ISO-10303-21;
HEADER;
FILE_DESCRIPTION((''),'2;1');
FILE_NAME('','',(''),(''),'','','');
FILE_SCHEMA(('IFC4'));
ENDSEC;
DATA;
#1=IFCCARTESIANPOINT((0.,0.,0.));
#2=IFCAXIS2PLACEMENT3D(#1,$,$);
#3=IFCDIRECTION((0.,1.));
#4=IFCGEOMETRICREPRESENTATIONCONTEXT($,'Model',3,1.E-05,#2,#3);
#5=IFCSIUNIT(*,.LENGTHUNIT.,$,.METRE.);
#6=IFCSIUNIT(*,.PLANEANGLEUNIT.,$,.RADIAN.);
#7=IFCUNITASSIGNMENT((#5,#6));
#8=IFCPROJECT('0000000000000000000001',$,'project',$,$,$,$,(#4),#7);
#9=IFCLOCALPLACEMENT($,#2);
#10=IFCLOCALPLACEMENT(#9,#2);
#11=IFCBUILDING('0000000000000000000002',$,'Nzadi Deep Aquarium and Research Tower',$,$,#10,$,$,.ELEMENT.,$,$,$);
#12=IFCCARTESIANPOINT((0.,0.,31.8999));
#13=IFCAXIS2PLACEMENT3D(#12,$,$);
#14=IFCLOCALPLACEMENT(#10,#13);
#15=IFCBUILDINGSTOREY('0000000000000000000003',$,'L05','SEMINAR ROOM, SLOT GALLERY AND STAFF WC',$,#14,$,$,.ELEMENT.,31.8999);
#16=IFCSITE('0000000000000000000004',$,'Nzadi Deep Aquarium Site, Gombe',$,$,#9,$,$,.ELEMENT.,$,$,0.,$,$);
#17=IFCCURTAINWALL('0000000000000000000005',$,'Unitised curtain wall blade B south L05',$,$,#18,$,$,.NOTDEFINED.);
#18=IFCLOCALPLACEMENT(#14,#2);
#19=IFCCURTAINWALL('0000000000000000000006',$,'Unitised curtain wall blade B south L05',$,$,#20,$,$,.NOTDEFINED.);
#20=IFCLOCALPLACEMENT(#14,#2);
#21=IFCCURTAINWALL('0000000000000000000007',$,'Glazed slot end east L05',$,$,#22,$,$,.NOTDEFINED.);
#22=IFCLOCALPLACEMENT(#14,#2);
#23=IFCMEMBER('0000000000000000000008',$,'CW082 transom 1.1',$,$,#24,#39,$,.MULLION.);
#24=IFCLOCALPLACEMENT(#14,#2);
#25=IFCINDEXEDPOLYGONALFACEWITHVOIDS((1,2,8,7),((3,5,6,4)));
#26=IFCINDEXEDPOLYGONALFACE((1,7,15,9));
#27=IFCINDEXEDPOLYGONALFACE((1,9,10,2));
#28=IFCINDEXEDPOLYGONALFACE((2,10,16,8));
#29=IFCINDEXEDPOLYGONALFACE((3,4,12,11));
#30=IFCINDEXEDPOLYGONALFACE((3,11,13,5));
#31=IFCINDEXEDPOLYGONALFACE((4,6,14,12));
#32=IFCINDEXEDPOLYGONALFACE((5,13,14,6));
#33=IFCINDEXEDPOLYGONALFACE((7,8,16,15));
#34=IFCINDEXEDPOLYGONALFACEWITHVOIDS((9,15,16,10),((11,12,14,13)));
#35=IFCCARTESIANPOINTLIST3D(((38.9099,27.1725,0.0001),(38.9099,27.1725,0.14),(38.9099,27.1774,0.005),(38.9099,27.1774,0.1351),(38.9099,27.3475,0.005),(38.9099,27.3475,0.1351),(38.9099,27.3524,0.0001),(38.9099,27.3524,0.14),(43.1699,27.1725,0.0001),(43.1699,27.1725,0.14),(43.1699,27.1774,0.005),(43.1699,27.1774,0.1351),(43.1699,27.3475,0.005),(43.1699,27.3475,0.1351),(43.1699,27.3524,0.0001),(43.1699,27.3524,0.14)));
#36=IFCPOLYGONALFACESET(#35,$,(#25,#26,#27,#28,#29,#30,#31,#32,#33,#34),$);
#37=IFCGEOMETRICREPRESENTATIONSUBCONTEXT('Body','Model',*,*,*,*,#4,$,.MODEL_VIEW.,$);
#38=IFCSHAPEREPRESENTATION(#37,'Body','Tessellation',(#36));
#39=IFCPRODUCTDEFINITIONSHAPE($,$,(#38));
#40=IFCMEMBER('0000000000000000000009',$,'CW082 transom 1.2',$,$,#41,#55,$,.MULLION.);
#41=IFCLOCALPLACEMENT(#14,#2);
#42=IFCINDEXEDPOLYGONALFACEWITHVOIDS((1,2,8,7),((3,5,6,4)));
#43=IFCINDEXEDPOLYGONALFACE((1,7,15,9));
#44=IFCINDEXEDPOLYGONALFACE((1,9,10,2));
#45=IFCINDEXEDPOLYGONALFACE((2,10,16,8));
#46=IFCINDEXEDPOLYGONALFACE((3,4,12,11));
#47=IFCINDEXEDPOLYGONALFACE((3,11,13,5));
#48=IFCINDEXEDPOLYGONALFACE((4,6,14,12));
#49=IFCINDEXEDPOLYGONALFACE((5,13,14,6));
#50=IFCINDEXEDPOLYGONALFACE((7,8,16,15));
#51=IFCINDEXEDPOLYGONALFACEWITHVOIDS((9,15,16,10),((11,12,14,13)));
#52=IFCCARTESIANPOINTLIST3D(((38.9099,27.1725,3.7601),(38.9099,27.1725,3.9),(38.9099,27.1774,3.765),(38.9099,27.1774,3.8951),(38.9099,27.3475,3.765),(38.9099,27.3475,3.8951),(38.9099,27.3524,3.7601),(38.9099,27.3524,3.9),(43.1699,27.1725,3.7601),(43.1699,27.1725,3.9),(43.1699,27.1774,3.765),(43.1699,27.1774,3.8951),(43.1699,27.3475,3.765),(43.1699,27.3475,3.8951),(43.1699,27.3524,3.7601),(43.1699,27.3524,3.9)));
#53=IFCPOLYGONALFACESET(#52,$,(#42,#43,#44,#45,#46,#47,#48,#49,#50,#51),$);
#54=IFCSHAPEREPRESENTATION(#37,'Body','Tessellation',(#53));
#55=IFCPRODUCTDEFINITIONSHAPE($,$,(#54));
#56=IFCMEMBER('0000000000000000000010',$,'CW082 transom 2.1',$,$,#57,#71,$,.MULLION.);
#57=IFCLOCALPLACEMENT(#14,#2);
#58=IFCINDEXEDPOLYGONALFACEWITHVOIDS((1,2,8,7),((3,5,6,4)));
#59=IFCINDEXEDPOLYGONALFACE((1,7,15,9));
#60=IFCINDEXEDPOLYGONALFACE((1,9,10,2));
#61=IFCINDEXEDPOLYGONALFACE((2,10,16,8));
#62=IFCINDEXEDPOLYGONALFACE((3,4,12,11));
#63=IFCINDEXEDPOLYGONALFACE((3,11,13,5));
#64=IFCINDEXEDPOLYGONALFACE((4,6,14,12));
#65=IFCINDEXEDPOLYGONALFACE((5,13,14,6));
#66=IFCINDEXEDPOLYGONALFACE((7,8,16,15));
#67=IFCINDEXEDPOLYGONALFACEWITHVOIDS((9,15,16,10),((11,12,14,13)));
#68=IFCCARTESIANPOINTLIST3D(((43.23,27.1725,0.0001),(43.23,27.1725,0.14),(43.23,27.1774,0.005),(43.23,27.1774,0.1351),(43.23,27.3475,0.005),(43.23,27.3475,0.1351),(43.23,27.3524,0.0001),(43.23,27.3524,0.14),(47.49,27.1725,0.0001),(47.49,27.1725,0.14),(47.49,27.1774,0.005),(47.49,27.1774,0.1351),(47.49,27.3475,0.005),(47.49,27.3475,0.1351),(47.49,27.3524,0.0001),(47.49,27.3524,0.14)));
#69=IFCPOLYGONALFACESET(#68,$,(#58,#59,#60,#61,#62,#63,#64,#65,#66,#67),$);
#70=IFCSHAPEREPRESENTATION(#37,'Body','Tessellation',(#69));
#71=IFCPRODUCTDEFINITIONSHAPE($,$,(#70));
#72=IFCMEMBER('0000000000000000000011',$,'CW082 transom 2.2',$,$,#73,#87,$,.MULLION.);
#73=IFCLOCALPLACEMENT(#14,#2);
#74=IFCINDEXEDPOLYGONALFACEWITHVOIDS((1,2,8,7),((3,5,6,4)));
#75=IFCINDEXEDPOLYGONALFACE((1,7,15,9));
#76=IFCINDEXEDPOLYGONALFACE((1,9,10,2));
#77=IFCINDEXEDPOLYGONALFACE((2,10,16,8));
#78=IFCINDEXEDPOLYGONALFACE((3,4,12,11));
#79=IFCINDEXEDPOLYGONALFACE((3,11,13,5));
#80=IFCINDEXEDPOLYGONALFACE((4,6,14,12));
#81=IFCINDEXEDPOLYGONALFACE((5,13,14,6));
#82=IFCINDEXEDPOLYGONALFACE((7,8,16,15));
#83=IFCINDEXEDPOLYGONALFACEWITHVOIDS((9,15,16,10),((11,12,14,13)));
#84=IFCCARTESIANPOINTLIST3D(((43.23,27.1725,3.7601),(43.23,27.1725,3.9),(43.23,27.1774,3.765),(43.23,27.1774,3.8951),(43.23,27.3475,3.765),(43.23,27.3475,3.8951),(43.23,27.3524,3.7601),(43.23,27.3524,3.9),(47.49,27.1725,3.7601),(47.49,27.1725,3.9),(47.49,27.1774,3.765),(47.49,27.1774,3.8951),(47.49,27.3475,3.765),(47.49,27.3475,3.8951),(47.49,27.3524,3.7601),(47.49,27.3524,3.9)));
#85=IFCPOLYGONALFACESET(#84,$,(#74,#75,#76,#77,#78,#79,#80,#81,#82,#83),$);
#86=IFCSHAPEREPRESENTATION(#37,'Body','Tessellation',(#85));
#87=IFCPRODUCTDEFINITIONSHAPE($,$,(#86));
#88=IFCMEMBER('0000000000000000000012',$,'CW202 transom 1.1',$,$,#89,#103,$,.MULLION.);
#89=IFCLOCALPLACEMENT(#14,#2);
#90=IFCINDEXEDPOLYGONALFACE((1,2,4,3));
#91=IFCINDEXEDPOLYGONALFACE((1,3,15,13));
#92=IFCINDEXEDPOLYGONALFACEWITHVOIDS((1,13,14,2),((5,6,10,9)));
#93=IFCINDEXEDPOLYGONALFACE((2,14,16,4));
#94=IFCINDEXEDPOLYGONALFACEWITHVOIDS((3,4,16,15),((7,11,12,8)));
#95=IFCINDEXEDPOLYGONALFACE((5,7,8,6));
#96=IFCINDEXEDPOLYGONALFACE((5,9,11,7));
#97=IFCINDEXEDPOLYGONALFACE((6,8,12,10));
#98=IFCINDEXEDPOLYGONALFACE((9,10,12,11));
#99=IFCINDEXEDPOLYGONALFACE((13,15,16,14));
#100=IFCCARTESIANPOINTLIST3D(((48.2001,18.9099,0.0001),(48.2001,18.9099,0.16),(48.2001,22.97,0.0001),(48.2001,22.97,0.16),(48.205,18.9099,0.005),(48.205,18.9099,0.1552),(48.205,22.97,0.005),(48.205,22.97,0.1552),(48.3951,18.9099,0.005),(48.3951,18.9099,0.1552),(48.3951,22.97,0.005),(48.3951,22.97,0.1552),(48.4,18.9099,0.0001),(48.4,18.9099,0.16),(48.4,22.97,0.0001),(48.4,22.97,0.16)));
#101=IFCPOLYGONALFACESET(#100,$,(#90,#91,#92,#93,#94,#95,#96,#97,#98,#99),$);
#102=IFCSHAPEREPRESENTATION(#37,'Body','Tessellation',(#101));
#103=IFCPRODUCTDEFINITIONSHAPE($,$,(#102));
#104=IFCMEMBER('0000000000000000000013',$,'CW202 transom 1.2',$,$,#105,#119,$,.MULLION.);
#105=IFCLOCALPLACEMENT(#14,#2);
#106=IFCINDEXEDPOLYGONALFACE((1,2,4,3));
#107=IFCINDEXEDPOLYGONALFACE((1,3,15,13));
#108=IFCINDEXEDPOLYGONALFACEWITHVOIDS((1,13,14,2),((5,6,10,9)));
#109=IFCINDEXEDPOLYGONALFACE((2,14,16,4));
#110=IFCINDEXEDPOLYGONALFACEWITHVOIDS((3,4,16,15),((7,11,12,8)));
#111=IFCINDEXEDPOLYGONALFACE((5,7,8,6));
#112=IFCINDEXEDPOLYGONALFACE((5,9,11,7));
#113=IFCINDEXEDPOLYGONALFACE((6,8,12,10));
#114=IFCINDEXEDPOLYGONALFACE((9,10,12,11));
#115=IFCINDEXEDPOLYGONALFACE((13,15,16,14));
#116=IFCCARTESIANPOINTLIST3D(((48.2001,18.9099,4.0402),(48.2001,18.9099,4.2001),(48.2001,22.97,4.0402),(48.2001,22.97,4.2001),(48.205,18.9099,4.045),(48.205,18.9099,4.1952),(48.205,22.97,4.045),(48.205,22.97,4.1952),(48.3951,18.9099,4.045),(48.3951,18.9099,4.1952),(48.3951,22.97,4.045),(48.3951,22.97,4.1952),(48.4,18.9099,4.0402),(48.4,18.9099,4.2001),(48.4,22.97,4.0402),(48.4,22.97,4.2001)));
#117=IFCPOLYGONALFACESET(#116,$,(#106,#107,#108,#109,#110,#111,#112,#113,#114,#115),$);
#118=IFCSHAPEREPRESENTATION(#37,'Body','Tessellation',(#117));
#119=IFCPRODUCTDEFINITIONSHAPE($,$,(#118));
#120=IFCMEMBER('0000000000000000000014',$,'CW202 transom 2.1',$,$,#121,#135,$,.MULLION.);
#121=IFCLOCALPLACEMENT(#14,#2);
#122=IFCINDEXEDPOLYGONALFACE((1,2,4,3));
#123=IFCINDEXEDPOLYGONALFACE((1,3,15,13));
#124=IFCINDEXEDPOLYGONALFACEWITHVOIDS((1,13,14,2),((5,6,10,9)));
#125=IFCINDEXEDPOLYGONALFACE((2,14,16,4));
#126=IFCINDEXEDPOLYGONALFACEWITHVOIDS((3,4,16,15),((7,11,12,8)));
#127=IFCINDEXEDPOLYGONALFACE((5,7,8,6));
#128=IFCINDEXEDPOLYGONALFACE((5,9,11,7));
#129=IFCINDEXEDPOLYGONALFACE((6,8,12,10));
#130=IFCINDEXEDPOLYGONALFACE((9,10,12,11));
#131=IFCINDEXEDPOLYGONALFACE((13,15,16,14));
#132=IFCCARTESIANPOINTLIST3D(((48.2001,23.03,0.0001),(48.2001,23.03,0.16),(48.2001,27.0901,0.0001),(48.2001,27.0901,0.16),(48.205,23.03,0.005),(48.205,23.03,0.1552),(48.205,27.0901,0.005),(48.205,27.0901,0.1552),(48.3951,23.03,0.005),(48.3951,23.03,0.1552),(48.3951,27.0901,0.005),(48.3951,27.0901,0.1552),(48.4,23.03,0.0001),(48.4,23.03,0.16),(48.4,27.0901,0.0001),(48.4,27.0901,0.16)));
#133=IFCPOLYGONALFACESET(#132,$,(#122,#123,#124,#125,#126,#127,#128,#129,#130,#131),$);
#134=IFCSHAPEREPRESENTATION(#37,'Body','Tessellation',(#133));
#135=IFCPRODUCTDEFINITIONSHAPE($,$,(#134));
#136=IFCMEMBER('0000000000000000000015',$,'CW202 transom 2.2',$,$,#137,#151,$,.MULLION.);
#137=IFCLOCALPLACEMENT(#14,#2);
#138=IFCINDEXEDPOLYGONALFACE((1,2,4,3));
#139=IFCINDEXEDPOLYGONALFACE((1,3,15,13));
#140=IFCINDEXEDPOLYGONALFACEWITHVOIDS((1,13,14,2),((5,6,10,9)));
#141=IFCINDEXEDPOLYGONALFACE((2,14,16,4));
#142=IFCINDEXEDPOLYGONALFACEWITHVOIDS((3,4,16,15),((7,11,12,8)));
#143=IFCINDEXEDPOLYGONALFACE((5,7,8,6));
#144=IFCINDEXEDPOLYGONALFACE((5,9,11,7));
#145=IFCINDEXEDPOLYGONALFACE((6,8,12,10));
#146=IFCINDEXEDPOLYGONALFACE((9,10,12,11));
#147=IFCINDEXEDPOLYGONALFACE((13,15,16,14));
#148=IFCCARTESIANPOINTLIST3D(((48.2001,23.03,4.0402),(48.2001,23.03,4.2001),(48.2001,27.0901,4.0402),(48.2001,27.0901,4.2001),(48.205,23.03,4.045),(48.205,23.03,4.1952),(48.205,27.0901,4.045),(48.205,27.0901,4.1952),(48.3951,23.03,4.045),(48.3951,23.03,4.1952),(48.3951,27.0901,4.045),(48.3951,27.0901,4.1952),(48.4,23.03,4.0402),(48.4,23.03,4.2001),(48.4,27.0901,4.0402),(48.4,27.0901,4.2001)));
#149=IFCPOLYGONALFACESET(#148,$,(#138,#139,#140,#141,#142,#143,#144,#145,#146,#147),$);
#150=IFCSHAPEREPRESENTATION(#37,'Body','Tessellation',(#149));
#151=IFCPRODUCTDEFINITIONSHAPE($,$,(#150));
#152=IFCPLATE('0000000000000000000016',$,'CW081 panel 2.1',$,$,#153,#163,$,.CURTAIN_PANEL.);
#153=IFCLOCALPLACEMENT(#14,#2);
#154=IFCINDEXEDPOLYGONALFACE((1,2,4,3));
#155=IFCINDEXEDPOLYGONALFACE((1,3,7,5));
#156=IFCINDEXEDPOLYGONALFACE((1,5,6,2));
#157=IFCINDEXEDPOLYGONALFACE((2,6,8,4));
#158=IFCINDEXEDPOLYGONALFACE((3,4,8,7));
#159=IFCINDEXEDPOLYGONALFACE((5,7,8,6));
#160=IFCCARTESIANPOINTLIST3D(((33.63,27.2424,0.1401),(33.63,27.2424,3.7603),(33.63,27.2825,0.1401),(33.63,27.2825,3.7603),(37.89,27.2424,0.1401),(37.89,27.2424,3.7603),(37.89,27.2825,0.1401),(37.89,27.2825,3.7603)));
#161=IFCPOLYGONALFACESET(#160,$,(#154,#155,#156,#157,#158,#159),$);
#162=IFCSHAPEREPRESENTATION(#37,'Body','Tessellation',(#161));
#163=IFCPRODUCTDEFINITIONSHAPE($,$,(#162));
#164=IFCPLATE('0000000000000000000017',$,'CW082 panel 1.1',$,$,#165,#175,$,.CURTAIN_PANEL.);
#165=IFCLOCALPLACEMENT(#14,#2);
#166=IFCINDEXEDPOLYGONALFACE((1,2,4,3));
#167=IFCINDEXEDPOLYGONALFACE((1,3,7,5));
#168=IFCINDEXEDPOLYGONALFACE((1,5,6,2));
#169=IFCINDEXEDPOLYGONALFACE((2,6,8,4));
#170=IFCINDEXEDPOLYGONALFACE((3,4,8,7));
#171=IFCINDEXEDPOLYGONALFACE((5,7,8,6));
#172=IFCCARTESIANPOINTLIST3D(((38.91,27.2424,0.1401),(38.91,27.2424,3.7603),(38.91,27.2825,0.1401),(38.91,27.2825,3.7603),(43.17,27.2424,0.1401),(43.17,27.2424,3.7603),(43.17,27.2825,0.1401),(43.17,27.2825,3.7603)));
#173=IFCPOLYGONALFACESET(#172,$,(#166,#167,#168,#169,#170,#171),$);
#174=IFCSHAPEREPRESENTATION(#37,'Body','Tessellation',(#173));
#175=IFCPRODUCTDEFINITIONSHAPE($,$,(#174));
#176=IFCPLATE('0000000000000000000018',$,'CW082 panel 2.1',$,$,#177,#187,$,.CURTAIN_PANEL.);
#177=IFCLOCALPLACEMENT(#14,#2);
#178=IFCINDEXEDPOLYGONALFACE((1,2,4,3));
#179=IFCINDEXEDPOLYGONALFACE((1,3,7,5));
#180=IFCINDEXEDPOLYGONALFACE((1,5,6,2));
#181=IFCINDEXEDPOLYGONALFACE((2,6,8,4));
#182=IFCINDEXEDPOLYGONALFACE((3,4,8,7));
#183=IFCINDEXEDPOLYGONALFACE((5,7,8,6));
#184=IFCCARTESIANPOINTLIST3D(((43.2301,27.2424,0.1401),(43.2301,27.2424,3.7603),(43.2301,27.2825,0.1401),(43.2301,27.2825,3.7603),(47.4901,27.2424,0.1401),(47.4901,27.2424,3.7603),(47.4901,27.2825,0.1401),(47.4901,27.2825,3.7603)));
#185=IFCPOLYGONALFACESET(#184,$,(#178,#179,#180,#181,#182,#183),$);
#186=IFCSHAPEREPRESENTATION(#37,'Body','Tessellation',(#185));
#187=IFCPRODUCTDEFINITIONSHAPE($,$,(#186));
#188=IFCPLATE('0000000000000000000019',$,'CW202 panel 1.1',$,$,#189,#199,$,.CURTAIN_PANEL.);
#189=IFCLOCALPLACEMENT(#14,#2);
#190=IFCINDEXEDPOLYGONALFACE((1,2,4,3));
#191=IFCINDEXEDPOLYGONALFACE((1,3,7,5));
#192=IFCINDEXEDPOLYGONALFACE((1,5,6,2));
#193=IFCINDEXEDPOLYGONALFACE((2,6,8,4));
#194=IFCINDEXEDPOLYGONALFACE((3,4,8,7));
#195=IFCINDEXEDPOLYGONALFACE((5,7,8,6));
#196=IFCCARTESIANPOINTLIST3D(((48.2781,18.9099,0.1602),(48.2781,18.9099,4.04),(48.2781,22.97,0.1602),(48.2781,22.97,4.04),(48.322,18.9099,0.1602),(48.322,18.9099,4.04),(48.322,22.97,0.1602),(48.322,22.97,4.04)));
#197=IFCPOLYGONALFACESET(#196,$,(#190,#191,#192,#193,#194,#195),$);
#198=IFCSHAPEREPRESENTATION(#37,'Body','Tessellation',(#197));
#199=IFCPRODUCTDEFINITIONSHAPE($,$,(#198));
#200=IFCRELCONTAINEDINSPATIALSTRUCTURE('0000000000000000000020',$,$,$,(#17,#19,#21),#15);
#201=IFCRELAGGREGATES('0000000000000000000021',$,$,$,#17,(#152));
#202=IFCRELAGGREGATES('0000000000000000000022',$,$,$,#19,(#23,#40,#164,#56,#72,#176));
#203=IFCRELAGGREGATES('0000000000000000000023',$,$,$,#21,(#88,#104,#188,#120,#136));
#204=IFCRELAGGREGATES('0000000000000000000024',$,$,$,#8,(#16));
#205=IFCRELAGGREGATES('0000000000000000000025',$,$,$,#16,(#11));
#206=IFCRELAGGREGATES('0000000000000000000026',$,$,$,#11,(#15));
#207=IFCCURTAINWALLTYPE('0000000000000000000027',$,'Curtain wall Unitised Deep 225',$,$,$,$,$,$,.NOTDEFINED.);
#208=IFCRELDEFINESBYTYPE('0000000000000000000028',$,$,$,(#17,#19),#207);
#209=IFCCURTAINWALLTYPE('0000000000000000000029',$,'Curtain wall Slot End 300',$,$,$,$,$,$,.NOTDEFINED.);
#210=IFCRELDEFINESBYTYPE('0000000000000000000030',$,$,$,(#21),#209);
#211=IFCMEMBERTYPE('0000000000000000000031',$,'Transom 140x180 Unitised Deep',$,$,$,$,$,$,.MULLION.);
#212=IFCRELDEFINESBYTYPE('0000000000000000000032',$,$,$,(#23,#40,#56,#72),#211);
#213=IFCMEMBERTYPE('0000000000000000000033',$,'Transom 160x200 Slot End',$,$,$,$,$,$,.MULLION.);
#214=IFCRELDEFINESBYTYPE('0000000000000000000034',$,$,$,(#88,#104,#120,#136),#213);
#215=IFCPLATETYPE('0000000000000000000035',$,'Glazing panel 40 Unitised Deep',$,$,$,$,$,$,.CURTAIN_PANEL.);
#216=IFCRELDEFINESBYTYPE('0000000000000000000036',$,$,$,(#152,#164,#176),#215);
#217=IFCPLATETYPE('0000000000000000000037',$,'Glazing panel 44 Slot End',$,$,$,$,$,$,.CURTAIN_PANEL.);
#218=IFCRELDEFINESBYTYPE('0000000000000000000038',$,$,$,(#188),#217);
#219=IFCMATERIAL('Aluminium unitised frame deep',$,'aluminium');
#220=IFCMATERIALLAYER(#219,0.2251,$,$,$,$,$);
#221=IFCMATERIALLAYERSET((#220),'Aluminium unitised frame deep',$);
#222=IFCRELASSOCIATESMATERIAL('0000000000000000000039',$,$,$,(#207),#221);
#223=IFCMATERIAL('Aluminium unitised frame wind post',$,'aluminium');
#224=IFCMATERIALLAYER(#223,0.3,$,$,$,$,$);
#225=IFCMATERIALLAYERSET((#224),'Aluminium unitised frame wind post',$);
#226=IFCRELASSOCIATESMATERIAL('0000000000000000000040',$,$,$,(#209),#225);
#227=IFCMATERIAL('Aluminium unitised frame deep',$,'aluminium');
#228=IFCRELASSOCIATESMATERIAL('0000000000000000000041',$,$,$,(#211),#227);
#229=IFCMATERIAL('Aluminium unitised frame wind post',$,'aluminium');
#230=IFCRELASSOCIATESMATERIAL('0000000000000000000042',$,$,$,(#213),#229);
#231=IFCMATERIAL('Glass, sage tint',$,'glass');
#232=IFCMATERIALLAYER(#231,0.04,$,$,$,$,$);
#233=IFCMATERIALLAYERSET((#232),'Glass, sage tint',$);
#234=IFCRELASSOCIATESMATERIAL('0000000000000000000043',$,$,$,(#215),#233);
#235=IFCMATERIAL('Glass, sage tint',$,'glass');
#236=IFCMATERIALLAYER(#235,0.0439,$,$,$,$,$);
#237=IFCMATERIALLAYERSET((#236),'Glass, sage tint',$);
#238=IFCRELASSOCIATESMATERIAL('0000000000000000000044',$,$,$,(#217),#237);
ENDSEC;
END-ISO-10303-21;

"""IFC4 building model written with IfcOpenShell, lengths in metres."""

from ifc_helpers import new_model, si_unit, direction, frame, origin, origin_2d, place, context, subcontext, project, spatial, rectangle, hollow_rectangle, extrude, material, layer, layer_set, material_profile, profile_set, type_object, element, aggregate, save


model = new_model("IFC4")

# Units and contexts
model_context = context("Model", 3, precision=1e-05, world=origin(), true_north=direction((0.0, 1.0)))
body_context = subcontext(model_context, "Body", "Model", "MODEL_VIEW")
ifc_project = project(units=[si_unit("LENGTHUNIT", "METRE"), si_unit("PLANEANGLEUNIT", "RADIAN")], contexts=[model_context])

# Site, building, storey
site_placement = place(None, origin())
site = spatial("IfcSite", under=ifc_project, at=site_placement, Name="Nzadi Deep Aquarium Site, Gombe", CompositionType="ELEMENT", RefElevation=0.0)
building_placement = place(site_placement, origin())
building = spatial("IfcBuilding", under=site, at=building_placement, Name="Nzadi Deep Aquarium and Research Tower", CompositionType="ELEMENT")
storey_placement = place(building_placement, frame((0.0, 0.0, 31.8999)))
storey = spatial("IfcBuildingStorey", under=building, at=storey_placement, Name="L05", Description="SEMINAR ROOM, SLOT GALLERY AND STAFF WC", CompositionType="ELEMENT", Elevation=31.8999)

# Curtain wall
ifc_material_1 = material(Name="Aluminium unitised frame deep", Category="aluminium")
ifc_layer_1 = layer(ifc_material_1, 0.2251)
ifc_layer_set_1 = layer_set([ifc_layer_1], Name="Aluminium unitised frame deep")
curtain_wall_type_1 = type_object("IfcCurtainWallType", Name="Curtain wall Unitised Deep 225", PredefinedType="NOTDEFINED", material=ifc_layer_set_1)
curtain_wall_1_placement = place(storey_placement, origin())
curtain_wall_1 = element("IfcCurtainWall", 1, at=curtain_wall_1_placement, inside=storey, type_object=curtain_wall_type_1, Name="Unitised curtain wall blade B south L05", PredefinedType="NOTDEFINED")

# Curtain walls
curtain_wall_2_placement = place(storey_placement, origin())
curtain_wall_2 = element("IfcCurtainWall", 2, at=curtain_wall_2_placement, inside=storey, type_object=curtain_wall_type_1, Name="Unitised curtain wall blade B south L05", PredefinedType="NOTDEFINED")
ifc_material_2 = material(Name="Aluminium unitised frame wind post", Category="aluminium")
ifc_layer_2 = layer(ifc_material_2, 0.3)
ifc_layer_set_2 = layer_set([ifc_layer_2], Name="Aluminium unitised frame wind post")
curtain_wall_type_2 = type_object("IfcCurtainWallType", Name="Curtain wall Slot End 300", PredefinedType="NOTDEFINED", material=ifc_layer_set_2)
curtain_wall_3_placement = place(storey_placement, origin())
curtain_wall_3 = element("IfcCurtainWall", 3, at=curtain_wall_3_placement, inside=storey, type_object=curtain_wall_type_2, Name="Glazed slot end east L05", PredefinedType="NOTDEFINED")

# Members
ifc_material_3 = material(Name="Aluminium unitised frame deep", Category="aluminium")
ifc_material_profile_1 = material_profile(ifc_material_3, hollow_rectangle(XDim=0.1799, YDim=0.1399, WallThickness=0.0049, at=origin_2d()))
ifc_profile_set_1 = profile_set([ifc_material_profile_1], Name="Aluminium unitised frame deep")
member_type_1 = type_object("IfcMemberType", Name="Transom 140x180 Unitised Deep", PredefinedType="MULLION", material=ifc_profile_set_1)
member_1_placement = place(storey_placement, frame((38.9099, 27.2625, 0.0701), z_axis=(1.0, 0.0, 0.0), x_axis=(0.0, 1.0, 0.0)))
member_1 = element("IfcMember", 4, at=member_1_placement, type_object=member_type_1, Name="CW082 transom 1.1", PredefinedType="MULLION", context=body_context, shape_type="SweptSolid", body=[
    extrude(hollow_rectangle(XDim=0.1799, YDim=0.1399, WallThickness=0.0049, at=origin_2d()), origin(), (0.0, 0.0, 1.0), 4.26),
])
member_2_placement = place(storey_placement, frame((38.9099, 27.2625, 3.8301), z_axis=(1.0, 0.0, 0.0), x_axis=(0.0, 1.0, 0.0)))
member_2 = element("IfcMember", 5, at=member_2_placement, type_object=member_type_1, Name="CW082 transom 1.2", PredefinedType="MULLION", context=body_context, shape_type="SweptSolid", body=[
    extrude(hollow_rectangle(XDim=0.1799, YDim=0.1399, WallThickness=0.0049, at=origin_2d()), origin(), (0.0, 0.0, 1.0), 4.26),
])
member_3_placement = place(storey_placement, frame((43.23, 27.2625, 0.0701), z_axis=(1.0, 0.0, 0.0), x_axis=(0.0, 1.0, 0.0)))
member_3 = element("IfcMember", 6, at=member_3_placement, type_object=member_type_1, Name="CW082 transom 2.1", PredefinedType="MULLION", context=body_context, shape_type="SweptSolid", body=[
    extrude(hollow_rectangle(XDim=0.1799, YDim=0.1399, WallThickness=0.0049, at=origin_2d()), origin(), (0.0, 0.0, 1.0), 4.26),
])
member_4_placement = place(storey_placement, frame((43.23, 27.2625, 3.8301), z_axis=(1.0, 0.0, 0.0), x_axis=(0.0, 1.0, 0.0)))
member_4 = element("IfcMember", 7, at=member_4_placement, type_object=member_type_1, Name="CW082 transom 2.2", PredefinedType="MULLION", context=body_context, shape_type="SweptSolid", body=[
    extrude(hollow_rectangle(XDim=0.1799, YDim=0.1399, WallThickness=0.0049, at=origin_2d()), origin(), (0.0, 0.0, 1.0), 4.26),
])
ifc_material_4 = material(Name="Aluminium unitised frame wind post", Category="aluminium")
ifc_material_profile_2 = material_profile(ifc_material_4, hollow_rectangle(XDim=0.2, YDim=0.1599, WallThickness=0.0049, at=origin_2d()))
ifc_profile_set_2 = profile_set([ifc_material_profile_2], Name="Aluminium unitised frame wind post")
member_type_2 = type_object("IfcMemberType", Name="Transom 160x200 Slot End", PredefinedType="MULLION", material=ifc_profile_set_2)
member_5_placement = place(storey_placement, frame((48.3, 18.9099, 0.0801), z_axis=(0.0, 1.0, 0.0), x_axis=(-1.0, 0.0, 0.0)))
member_5 = element("IfcMember", 8, at=member_5_placement, type_object=member_type_2, Name="CW202 transom 1.1", PredefinedType="MULLION", context=body_context, shape_type="SweptSolid", body=[
    extrude(hollow_rectangle(XDim=0.2, YDim=0.1599, WallThickness=0.0049, at=origin_2d()), origin(), (0.0, 0.0, 1.0), 4.0601),
])
member_6_placement = place(storey_placement, frame((48.3, 18.9099, 4.1201), z_axis=(0.0, 1.0, 0.0), x_axis=(-1.0, 0.0, 0.0)))
member_6 = element("IfcMember", 9, at=member_6_placement, type_object=member_type_2, Name="CW202 transom 1.2", PredefinedType="MULLION", context=body_context, shape_type="SweptSolid", body=[
    extrude(hollow_rectangle(XDim=0.2, YDim=0.1599, WallThickness=0.0049, at=origin_2d()), origin(), (0.0, 0.0, 1.0), 4.0601),
])
member_7_placement = place(storey_placement, frame((48.3, 23.03, 0.0801), z_axis=(0.0, 1.0, 0.0), x_axis=(-1.0, 0.0, 0.0)))
member_7 = element("IfcMember", 10, at=member_7_placement, type_object=member_type_2, Name="CW202 transom 2.1", PredefinedType="MULLION", context=body_context, shape_type="SweptSolid", body=[
    extrude(hollow_rectangle(XDim=0.2, YDim=0.1599, WallThickness=0.0049, at=origin_2d()), origin(), (0.0, 0.0, 1.0), 4.0601),
])
member_8_placement = place(storey_placement, frame((48.3, 23.03, 4.1201), z_axis=(0.0, 1.0, 0.0), x_axis=(-1.0, 0.0, 0.0)))
member_8 = element("IfcMember", 11, at=member_8_placement, type_object=member_type_2, Name="CW202 transom 2.2", PredefinedType="MULLION", context=body_context, shape_type="SweptSolid", body=[
    extrude(hollow_rectangle(XDim=0.2, YDim=0.1599, WallThickness=0.0049, at=origin_2d()), origin(), (0.0, 0.0, 1.0), 4.0601),
])

# Plates
ifc_material_5 = material(Name="Glass, sage tint", Category="glass")
ifc_layer_3 = layer(ifc_material_5, 0.04)
ifc_layer_set_3 = layer_set([ifc_layer_3], Name="Glass, sage tint")
plate_type_1 = type_object("IfcPlateType", Name="Glazing panel 40 Unitised Deep", PredefinedType="CURTAIN_PANEL", material=ifc_layer_set_3)
plate_1_placement = place(storey_placement, frame((35.76, 27.2625, 0.1401), z_axis=(0.0, 0.0, 1.0), x_axis=(1.0, 0.0, 0.0)))
plate_1 = element("IfcPlate", 12, at=plate_1_placement, type_object=plate_type_1, Name="CW081 panel 2.1", PredefinedType="CURTAIN_PANEL", context=body_context, shape_type="SweptSolid", body=[
    extrude(rectangle(XDim=4.26, YDim=0.04, at=origin_2d()), origin(), (0.0, 0.0, 1.0), 3.6201),
])
aggregate(curtain_wall_1, [plate_1])
plate_2_placement = place(storey_placement, frame((41.04, 27.2625, 0.1401), z_axis=(0.0, 0.0, 1.0), x_axis=(1.0, 0.0, 0.0)))
plate_2 = element("IfcPlate", 13, at=plate_2_placement, type_object=plate_type_1, Name="CW082 panel 1.1", PredefinedType="CURTAIN_PANEL", context=body_context, shape_type="SweptSolid", body=[
    extrude(rectangle(XDim=4.26, YDim=0.04, at=origin_2d()), origin(), (0.0, 0.0, 1.0), 3.6201),
])
plate_3_placement = place(storey_placement, frame((45.3601, 27.2625, 0.1401), z_axis=(0.0, 0.0, 1.0), x_axis=(1.0, 0.0, 0.0)))
plate_3 = element("IfcPlate", 14, at=plate_3_placement, type_object=plate_type_1, Name="CW082 panel 2.1", PredefinedType="CURTAIN_PANEL", context=body_context, shape_type="SweptSolid", body=[
    extrude(rectangle(XDim=4.26, YDim=0.04, at=origin_2d()), origin(), (0.0, 0.0, 1.0), 3.6201),
])
aggregate(curtain_wall_2, [member_1, member_2, plate_2, member_3, member_4, plate_3])
ifc_material_6 = material(Name="Glass, sage tint", Category="glass")
ifc_layer_4 = layer(ifc_material_6, 0.0439)
ifc_layer_set_4 = layer_set([ifc_layer_4], Name="Glass, sage tint")
plate_type_2 = type_object("IfcPlateType", Name="Glazing panel 44 Slot End", PredefinedType="CURTAIN_PANEL", material=ifc_layer_set_4)
plate_4_placement = place(storey_placement, frame((48.3, 20.9399, 0.1602), z_axis=(0.0, 0.0, 1.0), x_axis=(0.0, 1.0, 0.0)))
plate_4 = element("IfcPlate", 15, at=plate_4_placement, type_object=plate_type_2, Name="CW202 panel 1.1", PredefinedType="CURTAIN_PANEL", context=body_context, shape_type="SweptSolid", body=[
    extrude(rectangle(XDim=4.0601, YDim=0.0439, at=origin_2d()), origin(), (0.0, 0.0, 1.0), 3.8799),
])
aggregate(curtain_wall_3, [member_5, member_6, plate_4, member_7, member_8])

save(model, "model.ifc")
